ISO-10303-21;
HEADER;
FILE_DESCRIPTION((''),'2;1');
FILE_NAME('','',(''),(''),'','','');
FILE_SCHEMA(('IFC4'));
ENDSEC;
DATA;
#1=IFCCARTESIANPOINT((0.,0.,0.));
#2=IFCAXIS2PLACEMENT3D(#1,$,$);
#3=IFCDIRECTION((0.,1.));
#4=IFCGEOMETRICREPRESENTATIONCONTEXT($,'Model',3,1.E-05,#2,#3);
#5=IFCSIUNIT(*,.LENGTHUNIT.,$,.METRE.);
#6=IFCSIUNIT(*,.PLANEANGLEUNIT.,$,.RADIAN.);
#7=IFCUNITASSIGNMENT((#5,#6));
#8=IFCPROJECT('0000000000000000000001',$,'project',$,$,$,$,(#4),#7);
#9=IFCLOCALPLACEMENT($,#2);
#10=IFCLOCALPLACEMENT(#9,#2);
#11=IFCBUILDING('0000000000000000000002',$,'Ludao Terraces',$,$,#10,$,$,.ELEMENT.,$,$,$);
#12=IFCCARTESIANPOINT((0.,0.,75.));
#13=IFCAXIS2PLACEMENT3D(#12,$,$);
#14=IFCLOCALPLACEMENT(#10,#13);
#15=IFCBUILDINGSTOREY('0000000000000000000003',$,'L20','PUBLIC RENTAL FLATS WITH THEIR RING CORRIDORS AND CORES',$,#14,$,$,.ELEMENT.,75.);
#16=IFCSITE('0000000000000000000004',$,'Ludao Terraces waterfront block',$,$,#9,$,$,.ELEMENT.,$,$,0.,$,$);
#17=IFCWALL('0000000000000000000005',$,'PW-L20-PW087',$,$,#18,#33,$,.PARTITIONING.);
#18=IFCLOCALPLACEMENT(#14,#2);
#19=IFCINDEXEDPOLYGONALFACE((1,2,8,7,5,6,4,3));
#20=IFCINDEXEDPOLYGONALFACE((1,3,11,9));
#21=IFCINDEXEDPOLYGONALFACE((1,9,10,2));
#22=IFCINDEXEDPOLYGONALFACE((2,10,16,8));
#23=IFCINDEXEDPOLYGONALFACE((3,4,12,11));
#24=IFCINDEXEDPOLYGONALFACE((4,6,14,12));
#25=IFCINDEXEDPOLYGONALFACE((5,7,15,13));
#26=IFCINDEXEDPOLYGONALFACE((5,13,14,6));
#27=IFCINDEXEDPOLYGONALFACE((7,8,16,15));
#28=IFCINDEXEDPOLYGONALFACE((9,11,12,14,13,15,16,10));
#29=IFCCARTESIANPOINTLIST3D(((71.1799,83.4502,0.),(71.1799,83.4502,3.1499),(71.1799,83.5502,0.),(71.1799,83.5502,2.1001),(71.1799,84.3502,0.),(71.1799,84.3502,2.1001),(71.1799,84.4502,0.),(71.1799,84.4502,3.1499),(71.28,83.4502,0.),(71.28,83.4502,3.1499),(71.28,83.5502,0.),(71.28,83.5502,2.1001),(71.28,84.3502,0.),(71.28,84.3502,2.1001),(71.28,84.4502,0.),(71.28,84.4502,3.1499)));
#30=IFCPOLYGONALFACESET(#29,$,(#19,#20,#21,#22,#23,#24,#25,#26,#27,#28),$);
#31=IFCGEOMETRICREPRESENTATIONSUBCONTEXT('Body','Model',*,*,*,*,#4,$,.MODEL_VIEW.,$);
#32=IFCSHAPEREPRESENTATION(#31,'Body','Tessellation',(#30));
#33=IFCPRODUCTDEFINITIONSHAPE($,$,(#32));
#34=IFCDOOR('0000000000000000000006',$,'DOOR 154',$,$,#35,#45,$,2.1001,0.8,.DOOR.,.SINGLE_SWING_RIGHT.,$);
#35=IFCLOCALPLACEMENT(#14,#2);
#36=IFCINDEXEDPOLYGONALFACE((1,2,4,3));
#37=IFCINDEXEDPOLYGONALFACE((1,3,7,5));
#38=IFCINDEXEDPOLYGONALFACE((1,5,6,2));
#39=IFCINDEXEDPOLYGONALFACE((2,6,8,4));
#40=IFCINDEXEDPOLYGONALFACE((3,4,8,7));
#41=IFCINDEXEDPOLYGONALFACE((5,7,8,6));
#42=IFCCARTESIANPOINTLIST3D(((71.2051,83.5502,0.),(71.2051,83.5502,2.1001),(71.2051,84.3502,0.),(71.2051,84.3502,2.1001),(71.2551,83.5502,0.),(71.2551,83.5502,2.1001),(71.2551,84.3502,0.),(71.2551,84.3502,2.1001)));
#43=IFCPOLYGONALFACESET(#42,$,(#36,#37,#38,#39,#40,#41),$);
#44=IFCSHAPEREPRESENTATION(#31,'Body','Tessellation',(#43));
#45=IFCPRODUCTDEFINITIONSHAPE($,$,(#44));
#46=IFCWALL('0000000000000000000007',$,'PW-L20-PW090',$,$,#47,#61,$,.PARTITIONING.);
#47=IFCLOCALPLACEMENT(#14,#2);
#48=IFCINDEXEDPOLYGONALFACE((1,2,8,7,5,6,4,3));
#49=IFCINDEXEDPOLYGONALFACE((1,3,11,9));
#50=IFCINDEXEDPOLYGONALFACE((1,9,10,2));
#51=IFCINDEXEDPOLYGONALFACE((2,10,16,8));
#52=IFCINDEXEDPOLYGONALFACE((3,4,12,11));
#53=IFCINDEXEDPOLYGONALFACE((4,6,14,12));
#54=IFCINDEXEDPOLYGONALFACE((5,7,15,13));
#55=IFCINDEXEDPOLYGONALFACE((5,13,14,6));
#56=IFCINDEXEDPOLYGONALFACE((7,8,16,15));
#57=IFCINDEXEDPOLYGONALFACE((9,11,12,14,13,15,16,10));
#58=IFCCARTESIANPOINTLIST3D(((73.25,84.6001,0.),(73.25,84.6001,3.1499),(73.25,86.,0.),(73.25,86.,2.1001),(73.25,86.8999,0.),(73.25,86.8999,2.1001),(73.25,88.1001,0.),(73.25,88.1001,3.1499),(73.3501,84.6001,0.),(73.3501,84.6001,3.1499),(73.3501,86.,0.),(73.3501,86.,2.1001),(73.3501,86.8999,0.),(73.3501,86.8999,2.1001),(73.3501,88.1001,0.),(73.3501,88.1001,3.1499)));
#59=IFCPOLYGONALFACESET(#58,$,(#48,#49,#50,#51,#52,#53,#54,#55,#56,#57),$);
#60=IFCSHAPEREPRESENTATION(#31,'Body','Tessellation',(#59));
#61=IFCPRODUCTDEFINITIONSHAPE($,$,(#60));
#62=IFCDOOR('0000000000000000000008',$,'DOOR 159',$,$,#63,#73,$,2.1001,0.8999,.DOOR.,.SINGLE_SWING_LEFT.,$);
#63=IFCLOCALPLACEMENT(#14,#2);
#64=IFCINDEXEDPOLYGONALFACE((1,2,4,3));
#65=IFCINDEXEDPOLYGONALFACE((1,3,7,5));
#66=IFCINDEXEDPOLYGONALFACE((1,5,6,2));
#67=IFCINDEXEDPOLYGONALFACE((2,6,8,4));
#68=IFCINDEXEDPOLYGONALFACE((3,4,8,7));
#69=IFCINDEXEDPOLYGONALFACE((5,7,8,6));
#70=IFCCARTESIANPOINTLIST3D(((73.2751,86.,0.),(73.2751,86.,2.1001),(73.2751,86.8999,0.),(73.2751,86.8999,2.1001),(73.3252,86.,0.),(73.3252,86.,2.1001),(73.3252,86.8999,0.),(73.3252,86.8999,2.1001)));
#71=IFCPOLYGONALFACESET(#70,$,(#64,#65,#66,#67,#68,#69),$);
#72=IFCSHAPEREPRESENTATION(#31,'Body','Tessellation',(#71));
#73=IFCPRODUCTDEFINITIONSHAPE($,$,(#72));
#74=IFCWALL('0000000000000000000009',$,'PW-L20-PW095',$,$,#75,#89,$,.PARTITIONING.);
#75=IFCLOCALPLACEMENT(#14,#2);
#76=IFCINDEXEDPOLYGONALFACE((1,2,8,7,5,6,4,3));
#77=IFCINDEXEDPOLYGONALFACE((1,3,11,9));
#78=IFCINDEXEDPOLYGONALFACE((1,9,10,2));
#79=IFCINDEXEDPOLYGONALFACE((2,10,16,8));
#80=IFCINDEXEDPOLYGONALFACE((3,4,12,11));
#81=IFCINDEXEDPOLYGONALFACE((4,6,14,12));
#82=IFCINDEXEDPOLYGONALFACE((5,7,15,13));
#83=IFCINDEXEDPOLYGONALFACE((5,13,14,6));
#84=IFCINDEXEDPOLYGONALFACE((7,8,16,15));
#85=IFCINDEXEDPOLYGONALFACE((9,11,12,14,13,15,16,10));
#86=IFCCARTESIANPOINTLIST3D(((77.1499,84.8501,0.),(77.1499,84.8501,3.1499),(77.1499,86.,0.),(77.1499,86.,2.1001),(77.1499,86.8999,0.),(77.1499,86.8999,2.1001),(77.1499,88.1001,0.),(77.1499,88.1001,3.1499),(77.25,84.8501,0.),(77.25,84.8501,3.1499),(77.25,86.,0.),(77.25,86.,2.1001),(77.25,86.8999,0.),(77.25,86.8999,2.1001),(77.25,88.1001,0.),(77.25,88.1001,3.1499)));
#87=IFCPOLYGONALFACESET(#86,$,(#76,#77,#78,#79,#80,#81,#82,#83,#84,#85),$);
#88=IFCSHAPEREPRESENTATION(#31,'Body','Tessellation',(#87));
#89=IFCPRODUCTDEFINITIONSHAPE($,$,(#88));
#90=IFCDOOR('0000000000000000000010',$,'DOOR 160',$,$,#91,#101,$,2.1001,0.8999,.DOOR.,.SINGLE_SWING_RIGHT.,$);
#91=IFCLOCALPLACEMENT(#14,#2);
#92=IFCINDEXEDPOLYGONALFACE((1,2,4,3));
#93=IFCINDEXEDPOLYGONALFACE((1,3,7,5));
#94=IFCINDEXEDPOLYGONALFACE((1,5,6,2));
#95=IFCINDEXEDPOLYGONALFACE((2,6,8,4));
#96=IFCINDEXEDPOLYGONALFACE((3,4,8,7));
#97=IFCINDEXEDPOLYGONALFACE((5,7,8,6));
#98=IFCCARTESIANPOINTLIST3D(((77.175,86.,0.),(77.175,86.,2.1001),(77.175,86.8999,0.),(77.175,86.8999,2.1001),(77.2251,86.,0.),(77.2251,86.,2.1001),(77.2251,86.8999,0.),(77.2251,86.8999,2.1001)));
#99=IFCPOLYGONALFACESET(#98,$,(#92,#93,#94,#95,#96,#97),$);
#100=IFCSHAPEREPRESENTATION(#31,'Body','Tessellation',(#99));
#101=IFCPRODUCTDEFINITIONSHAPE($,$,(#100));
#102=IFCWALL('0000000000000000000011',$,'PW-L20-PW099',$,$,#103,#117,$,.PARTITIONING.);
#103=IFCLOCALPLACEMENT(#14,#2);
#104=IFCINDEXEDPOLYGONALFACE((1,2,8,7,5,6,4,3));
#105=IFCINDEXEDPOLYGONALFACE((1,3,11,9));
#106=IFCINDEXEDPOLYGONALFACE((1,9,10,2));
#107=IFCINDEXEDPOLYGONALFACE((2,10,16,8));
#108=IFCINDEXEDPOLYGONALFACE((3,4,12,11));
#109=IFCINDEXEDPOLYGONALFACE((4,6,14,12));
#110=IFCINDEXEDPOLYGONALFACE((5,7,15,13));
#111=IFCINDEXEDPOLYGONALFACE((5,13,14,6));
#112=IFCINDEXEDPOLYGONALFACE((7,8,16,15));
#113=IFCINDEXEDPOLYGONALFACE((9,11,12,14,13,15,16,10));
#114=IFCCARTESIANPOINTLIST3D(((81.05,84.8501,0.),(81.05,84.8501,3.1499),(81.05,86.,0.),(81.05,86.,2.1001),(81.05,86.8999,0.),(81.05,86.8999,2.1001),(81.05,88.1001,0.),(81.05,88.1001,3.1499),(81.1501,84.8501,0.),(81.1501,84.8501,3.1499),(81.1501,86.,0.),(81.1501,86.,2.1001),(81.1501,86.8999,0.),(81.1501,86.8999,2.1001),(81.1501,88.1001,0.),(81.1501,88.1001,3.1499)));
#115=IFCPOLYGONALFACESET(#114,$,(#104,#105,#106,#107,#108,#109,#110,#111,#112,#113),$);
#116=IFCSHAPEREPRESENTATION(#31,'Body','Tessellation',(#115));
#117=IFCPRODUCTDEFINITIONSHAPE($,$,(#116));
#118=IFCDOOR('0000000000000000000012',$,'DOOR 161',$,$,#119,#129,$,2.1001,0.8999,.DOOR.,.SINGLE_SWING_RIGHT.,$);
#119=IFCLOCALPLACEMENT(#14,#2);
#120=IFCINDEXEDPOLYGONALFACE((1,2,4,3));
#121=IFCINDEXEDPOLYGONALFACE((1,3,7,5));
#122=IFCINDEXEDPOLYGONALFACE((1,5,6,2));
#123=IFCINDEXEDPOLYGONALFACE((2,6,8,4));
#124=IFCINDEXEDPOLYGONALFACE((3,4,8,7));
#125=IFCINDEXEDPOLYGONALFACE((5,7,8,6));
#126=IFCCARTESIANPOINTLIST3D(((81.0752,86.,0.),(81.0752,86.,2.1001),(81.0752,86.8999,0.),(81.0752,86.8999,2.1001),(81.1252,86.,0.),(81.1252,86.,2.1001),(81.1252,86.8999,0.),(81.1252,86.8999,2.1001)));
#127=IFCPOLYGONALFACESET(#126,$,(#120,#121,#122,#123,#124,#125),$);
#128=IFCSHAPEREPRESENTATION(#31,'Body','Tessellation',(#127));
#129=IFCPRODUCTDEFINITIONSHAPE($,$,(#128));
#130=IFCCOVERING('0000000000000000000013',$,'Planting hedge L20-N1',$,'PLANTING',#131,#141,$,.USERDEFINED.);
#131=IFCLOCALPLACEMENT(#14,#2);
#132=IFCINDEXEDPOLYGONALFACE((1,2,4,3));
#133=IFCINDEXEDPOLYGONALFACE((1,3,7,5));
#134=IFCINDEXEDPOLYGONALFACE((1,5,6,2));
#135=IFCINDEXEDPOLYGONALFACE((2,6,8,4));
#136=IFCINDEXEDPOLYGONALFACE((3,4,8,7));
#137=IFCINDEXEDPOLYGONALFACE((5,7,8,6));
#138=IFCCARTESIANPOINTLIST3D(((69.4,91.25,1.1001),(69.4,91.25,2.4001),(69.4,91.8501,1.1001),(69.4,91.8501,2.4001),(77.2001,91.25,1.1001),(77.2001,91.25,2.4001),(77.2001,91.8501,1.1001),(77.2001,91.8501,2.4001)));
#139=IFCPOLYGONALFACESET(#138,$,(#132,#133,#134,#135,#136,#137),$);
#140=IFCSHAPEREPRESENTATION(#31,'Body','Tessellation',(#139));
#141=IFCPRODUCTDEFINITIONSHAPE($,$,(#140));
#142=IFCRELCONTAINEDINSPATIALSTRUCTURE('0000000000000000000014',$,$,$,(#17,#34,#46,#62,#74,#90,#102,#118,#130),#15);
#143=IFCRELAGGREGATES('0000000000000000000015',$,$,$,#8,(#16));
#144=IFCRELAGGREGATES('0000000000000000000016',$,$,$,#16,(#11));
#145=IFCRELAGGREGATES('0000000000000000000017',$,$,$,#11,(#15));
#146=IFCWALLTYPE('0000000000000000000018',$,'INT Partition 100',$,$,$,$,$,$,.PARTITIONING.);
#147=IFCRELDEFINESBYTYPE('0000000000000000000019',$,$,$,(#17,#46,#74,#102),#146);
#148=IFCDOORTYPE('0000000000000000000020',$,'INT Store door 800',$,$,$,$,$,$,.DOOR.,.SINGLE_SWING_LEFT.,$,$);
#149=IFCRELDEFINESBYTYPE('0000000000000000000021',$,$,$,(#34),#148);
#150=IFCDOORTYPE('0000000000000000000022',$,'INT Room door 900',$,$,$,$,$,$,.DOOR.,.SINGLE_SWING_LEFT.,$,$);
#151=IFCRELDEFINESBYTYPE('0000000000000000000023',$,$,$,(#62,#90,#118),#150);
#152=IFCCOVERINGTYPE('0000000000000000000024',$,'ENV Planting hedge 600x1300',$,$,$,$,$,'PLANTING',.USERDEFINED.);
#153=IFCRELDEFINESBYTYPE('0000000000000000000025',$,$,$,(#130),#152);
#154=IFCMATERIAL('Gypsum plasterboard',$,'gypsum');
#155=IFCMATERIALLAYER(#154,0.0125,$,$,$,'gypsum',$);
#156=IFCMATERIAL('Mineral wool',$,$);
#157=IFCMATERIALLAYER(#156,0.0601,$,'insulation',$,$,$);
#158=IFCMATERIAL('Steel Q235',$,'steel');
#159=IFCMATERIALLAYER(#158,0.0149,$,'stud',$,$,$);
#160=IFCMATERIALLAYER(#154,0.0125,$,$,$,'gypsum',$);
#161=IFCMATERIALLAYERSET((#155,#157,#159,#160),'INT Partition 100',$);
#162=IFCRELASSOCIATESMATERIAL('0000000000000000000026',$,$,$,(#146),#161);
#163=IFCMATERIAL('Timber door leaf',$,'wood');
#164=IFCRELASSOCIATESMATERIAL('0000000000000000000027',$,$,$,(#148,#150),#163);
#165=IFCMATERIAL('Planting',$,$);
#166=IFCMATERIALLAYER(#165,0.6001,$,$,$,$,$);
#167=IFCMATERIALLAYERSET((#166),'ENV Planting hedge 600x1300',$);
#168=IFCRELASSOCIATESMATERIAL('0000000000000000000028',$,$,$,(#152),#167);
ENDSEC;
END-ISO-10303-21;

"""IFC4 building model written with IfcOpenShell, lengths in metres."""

from ifc_helpers import new_model, si_unit, direction, frame, frame_2d, origin, origin_2d, place, context, subcontext, project, spatial, rectangle, extrude, material, layer, layer_set, type_object, element, fill, save


model = new_model("IFC4")

# Units and contexts
model_context = context("Model", 3, precision=1e-05, world=origin(), true_north=direction((0.0, 1.0)))
body_context = subcontext(model_context, "Body", "Model", "MODEL_VIEW")
ifc_project = project(units=[si_unit("LENGTHUNIT", "METRE"), si_unit("PLANEANGLEUNIT", "RADIAN")], contexts=[model_context])

# Site, building, storey
site_placement = place(None, origin())
site = spatial("IfcSite", under=ifc_project, at=site_placement, Name="Ludao Terraces waterfront block", CompositionType="ELEMENT", RefElevation=0.0)
building_placement = place(site_placement, origin())
building = spatial("IfcBuilding", under=site, at=building_placement, Name="Ludao Terraces", CompositionType="ELEMENT")
storey_placement = place(building_placement, frame((0.0, 0.0, 75.0)))
storey = spatial("IfcBuildingStorey", under=building, at=storey_placement, Name="L20", Description="PUBLIC RENTAL FLATS WITH THEIR RING CORRIDORS AND CORES", CompositionType="ELEMENT", Elevation=75.0)

# Shared definitions
ifc_material_1 = material(Name="Mineral wool")

# Shared definitions
ifc_material_2 = material(Name="Gypsum plasterboard", Category="gypsum")
ifc_layer_1 = layer(ifc_material_2, 0.0125, Category="gypsum")
ifc_layer_2 = layer(ifc_material_1, 0.0601, Name="insulation")
ifc_material_3 = material(Name="Steel Q235", Category="steel")
ifc_layer_3 = layer(ifc_material_3, 0.0149, Name="stud")
ifc_layer_4 = layer(ifc_material_2, 0.0125, Category="gypsum")
ifc_layer_set_1 = layer_set([ifc_layer_1, ifc_layer_2, ifc_layer_3, ifc_layer_4], Name="INT Partition 100")
wall_type_1 = type_object("IfcWallType", Name="INT Partition 100", PredefinedType="PARTITIONING", material=ifc_layer_set_1)

# Walls, openings, doors
wall_1_placement = place(storey_placement, frame((71.23, 83.4502, 0.0), z_axis=(0.0, 0.0, 1.0), x_axis=(0.0, 1.0, 0.0)))
wall_1 = element("IfcWall", 1, at=wall_1_placement, inside=storey, type_object=wall_type_1, Name="PW-L20-PW087", PredefinedType="PARTITIONING", context=body_context, shape_type="SweptSolid", body=[
    extrude(rectangle(XDim=1.0, YDim=0.1001, at=frame_2d((0.5, 0.0))), origin(), (0.0, 0.0, 1.0), 3.1499),
])
opening_1_placement = place(wall_1_placement, frame((0.1001, 0.0, 0.0)))
opening_1 = element("IfcOpeningElement", 2, at=opening_1_placement, cuts=wall_1, PredefinedType="OPENING", context=body_context, shape_type="SweptSolid", body=[
    extrude(rectangle(XDim=0.8, YDim=2.1001, at=frame_2d((0.3999, 1.05))), frame((0.0, 0.0601, 0.0), z_axis=(0.0, -1.0, 0.0), x_axis=(1.0, 0.0, 0.0)), (0.0, 0.0, 1.0), 0.1201),
])
ifc_material_4 = material(Name="Timber door leaf", Category="wood")
door_type_1 = type_object("IfcDoorType", Name="INT Store door 800", OperationType="SINGLE_SWING_LEFT", PredefinedType="DOOR", material=ifc_material_4)
door_1_placement = place(opening_1_placement, origin())
door_1 = element("IfcDoor", 3, at=door_1_placement, inside=storey, type_object=door_type_1, Name="DOOR 154", OperationType="SINGLE_SWING_RIGHT", OverallHeight=2.1001, OverallWidth=0.8, PredefinedType="DOOR", context=body_context, shape_type="SweptSolid", body=[
    extrude(rectangle(XDim=0.8, YDim=2.1001, at=frame_2d((0.3999, 1.05))), frame((0.0, 0.0249, 0.0), z_axis=(0.0, -1.0, 0.0), x_axis=(1.0, 0.0, 0.0)), (0.0, 0.0, 1.0), 0.05),
])
fill(opening_1, door_1)
wall_2_placement = place(storey_placement, frame((73.3, 84.6001, 0.0), z_axis=(0.0, 0.0, 1.0), x_axis=(0.0, 1.0, 0.0)))
wall_2 = element("IfcWall", 4, at=wall_2_placement, inside=storey, type_object=wall_type_1, Name="PW-L20-PW090", PredefinedType="PARTITIONING", context=body_context, shape_type="SweptSolid", body=[
    extrude(rectangle(XDim=3.5, YDim=0.1001, at=frame_2d((1.75, 0.0))), origin(), (0.0, 0.0, 1.0), 3.1499),
])
opening_2_placement = place(wall_2_placement, frame((1.3999, 0.0, 0.0)))
opening_2 = element("IfcOpeningElement", 5, at=opening_2_placement, cuts=wall_2, PredefinedType="OPENING", context=body_context, shape_type="SweptSolid", body=[
    extrude(rectangle(XDim=0.8999, YDim=2.1001, at=frame_2d((0.45, 1.05))), frame((0.0, 0.0601, 0.0), z_axis=(0.0, -1.0, 0.0), x_axis=(1.0, 0.0, 0.0)), (0.0, 0.0, 1.0), 0.1201),
])
door_type_2 = type_object("IfcDoorType", Name="INT Room door 900", OperationType="SINGLE_SWING_LEFT", PredefinedType="DOOR", material=ifc_material_4)
door_2_placement = place(opening_2_placement, origin())
door_2 = element("IfcDoor", 6, at=door_2_placement, inside=storey, type_object=door_type_2, Name="DOOR 159", OperationType="SINGLE_SWING_LEFT", OverallHeight=2.1001, OverallWidth=0.8999, PredefinedType="DOOR", context=body_context, shape_type="SweptSolid", body=[
    extrude(rectangle(XDim=0.8999, YDim=2.1001, at=frame_2d((0.45, 1.05))), frame((0.0, 0.0249, 0.0), z_axis=(0.0, -1.0, 0.0), x_axis=(1.0, 0.0, 0.0)), (0.0, 0.0, 1.0), 0.05),
])
fill(opening_2, door_2)
wall_3_placement = place(storey_placement, frame((77.2, 84.8501, 0.0), z_axis=(0.0, 0.0, 1.0), x_axis=(0.0, 1.0, 0.0)))
wall_3 = element("IfcWall", 7, at=wall_3_placement, inside=storey, type_object=wall_type_1, Name="PW-L20-PW095", PredefinedType="PARTITIONING", context=body_context, shape_type="SweptSolid", body=[
    extrude(rectangle(XDim=3.25, YDim=0.1001, at=frame_2d((1.625, 0.0))), origin(), (0.0, 0.0, 1.0), 3.1499),
])
opening_3_placement = place(wall_3_placement, frame((1.1499, 0.0, 0.0)))
opening_3 = element("IfcOpeningElement", 8, at=opening_3_placement, cuts=wall_3, PredefinedType="OPENING", context=body_context, shape_type="SweptSolid", body=[
    extrude(rectangle(XDim=0.8999, YDim=2.1001, at=frame_2d((0.45, 1.05))), frame((0.0, 0.0601, 0.0), z_axis=(0.0, -1.0, 0.0), x_axis=(1.0, 0.0, 0.0)), (0.0, 0.0, 1.0), 0.1201),
])
door_3_placement = place(opening_3_placement, origin())
door_3 = element("IfcDoor", 9, at=door_3_placement, inside=storey, type_object=door_type_2, Name="DOOR 160", OperationType="SINGLE_SWING_RIGHT", OverallHeight=2.1001, OverallWidth=0.8999, PredefinedType="DOOR", context=body_context, shape_type="SweptSolid", body=[
    extrude(rectangle(XDim=0.8999, YDim=2.1001, at=frame_2d((0.45, 1.05))), frame((0.0, 0.0249, 0.0), z_axis=(0.0, -1.0, 0.0), x_axis=(1.0, 0.0, 0.0)), (0.0, 0.0, 1.0), 0.05),
])
fill(opening_3, door_3)
wall_4_placement = place(storey_placement, frame((81.1001, 84.8501, 0.0), z_axis=(0.0, 0.0, 1.0), x_axis=(0.0, 1.0, 0.0)))
wall_4 = element("IfcWall", 10, at=wall_4_placement, inside=storey, type_object=wall_type_1, Name="PW-L20-PW099", PredefinedType="PARTITIONING", context=body_context, shape_type="SweptSolid", body=[
    extrude(rectangle(XDim=3.25, YDim=0.1001, at=frame_2d((1.625, 0.0))), origin(), (0.0, 0.0, 1.0), 3.1499),
])
opening_4_placement = place(wall_4_placement, frame((1.1499, 0.0, 0.0)))
opening_4 = element("IfcOpeningElement", 11, at=opening_4_placement, cuts=wall_4, PredefinedType="OPENING", context=body_context, shape_type="SweptSolid", body=[
    extrude(rectangle(XDim=0.8999, YDim=2.1001, at=frame_2d((0.45, 1.05))), frame((0.0, 0.0601, 0.0), z_axis=(0.0, -1.0, 0.0), x_axis=(1.0, 0.0, 0.0)), (0.0, 0.0, 1.0), 0.1201),
])
door_4_placement = place(opening_4_placement, origin())
door_4 = element("IfcDoor", 12, at=door_4_placement, inside=storey, type_object=door_type_2, Name="DOOR 161", OperationType="SINGLE_SWING_RIGHT", OverallHeight=2.1001, OverallWidth=0.8999, PredefinedType="DOOR", context=body_context, shape_type="SweptSolid", body=[
    extrude(rectangle(XDim=0.8999, YDim=2.1001, at=frame_2d((0.45, 1.05))), frame((0.0, 0.0249, 0.0), z_axis=(0.0, -1.0, 0.0), x_axis=(1.0, 0.0, 0.0)), (0.0, 0.0, 1.0), 0.05),
])
fill(opening_4, door_4)

# Covering
ifc_material_5 = material(Name="Planting")
ifc_layer_5 = layer(ifc_material_5, 0.6001)
ifc_layer_set_2 = layer_set([ifc_layer_5], Name="ENV Planting hedge 600x1300")
covering_type = type_object("IfcCoveringType", Name="ENV Planting hedge 600x1300", ElementType="PLANTING", PredefinedType="USERDEFINED", material=ifc_layer_set_2)
covering_placement = place(storey_placement, frame((73.3, 91.55, 1.1001), z_axis=(0.0, 0.0, 1.0), x_axis=(1.0, 0.0, 0.0)))
element("IfcCovering", 13, at=covering_placement, inside=storey, type_object=covering_type, Name="Planting hedge L20-N1", ObjectType="PLANTING", PredefinedType="USERDEFINED", context=body_context, shape_type="SweptSolid", body=[
    extrude(rectangle(XDim=7.8, YDim=0.6001, at=origin_2d()), origin(), (0.0, 0.0, 1.0), 1.3),
])

save(model, "model.ifc")
